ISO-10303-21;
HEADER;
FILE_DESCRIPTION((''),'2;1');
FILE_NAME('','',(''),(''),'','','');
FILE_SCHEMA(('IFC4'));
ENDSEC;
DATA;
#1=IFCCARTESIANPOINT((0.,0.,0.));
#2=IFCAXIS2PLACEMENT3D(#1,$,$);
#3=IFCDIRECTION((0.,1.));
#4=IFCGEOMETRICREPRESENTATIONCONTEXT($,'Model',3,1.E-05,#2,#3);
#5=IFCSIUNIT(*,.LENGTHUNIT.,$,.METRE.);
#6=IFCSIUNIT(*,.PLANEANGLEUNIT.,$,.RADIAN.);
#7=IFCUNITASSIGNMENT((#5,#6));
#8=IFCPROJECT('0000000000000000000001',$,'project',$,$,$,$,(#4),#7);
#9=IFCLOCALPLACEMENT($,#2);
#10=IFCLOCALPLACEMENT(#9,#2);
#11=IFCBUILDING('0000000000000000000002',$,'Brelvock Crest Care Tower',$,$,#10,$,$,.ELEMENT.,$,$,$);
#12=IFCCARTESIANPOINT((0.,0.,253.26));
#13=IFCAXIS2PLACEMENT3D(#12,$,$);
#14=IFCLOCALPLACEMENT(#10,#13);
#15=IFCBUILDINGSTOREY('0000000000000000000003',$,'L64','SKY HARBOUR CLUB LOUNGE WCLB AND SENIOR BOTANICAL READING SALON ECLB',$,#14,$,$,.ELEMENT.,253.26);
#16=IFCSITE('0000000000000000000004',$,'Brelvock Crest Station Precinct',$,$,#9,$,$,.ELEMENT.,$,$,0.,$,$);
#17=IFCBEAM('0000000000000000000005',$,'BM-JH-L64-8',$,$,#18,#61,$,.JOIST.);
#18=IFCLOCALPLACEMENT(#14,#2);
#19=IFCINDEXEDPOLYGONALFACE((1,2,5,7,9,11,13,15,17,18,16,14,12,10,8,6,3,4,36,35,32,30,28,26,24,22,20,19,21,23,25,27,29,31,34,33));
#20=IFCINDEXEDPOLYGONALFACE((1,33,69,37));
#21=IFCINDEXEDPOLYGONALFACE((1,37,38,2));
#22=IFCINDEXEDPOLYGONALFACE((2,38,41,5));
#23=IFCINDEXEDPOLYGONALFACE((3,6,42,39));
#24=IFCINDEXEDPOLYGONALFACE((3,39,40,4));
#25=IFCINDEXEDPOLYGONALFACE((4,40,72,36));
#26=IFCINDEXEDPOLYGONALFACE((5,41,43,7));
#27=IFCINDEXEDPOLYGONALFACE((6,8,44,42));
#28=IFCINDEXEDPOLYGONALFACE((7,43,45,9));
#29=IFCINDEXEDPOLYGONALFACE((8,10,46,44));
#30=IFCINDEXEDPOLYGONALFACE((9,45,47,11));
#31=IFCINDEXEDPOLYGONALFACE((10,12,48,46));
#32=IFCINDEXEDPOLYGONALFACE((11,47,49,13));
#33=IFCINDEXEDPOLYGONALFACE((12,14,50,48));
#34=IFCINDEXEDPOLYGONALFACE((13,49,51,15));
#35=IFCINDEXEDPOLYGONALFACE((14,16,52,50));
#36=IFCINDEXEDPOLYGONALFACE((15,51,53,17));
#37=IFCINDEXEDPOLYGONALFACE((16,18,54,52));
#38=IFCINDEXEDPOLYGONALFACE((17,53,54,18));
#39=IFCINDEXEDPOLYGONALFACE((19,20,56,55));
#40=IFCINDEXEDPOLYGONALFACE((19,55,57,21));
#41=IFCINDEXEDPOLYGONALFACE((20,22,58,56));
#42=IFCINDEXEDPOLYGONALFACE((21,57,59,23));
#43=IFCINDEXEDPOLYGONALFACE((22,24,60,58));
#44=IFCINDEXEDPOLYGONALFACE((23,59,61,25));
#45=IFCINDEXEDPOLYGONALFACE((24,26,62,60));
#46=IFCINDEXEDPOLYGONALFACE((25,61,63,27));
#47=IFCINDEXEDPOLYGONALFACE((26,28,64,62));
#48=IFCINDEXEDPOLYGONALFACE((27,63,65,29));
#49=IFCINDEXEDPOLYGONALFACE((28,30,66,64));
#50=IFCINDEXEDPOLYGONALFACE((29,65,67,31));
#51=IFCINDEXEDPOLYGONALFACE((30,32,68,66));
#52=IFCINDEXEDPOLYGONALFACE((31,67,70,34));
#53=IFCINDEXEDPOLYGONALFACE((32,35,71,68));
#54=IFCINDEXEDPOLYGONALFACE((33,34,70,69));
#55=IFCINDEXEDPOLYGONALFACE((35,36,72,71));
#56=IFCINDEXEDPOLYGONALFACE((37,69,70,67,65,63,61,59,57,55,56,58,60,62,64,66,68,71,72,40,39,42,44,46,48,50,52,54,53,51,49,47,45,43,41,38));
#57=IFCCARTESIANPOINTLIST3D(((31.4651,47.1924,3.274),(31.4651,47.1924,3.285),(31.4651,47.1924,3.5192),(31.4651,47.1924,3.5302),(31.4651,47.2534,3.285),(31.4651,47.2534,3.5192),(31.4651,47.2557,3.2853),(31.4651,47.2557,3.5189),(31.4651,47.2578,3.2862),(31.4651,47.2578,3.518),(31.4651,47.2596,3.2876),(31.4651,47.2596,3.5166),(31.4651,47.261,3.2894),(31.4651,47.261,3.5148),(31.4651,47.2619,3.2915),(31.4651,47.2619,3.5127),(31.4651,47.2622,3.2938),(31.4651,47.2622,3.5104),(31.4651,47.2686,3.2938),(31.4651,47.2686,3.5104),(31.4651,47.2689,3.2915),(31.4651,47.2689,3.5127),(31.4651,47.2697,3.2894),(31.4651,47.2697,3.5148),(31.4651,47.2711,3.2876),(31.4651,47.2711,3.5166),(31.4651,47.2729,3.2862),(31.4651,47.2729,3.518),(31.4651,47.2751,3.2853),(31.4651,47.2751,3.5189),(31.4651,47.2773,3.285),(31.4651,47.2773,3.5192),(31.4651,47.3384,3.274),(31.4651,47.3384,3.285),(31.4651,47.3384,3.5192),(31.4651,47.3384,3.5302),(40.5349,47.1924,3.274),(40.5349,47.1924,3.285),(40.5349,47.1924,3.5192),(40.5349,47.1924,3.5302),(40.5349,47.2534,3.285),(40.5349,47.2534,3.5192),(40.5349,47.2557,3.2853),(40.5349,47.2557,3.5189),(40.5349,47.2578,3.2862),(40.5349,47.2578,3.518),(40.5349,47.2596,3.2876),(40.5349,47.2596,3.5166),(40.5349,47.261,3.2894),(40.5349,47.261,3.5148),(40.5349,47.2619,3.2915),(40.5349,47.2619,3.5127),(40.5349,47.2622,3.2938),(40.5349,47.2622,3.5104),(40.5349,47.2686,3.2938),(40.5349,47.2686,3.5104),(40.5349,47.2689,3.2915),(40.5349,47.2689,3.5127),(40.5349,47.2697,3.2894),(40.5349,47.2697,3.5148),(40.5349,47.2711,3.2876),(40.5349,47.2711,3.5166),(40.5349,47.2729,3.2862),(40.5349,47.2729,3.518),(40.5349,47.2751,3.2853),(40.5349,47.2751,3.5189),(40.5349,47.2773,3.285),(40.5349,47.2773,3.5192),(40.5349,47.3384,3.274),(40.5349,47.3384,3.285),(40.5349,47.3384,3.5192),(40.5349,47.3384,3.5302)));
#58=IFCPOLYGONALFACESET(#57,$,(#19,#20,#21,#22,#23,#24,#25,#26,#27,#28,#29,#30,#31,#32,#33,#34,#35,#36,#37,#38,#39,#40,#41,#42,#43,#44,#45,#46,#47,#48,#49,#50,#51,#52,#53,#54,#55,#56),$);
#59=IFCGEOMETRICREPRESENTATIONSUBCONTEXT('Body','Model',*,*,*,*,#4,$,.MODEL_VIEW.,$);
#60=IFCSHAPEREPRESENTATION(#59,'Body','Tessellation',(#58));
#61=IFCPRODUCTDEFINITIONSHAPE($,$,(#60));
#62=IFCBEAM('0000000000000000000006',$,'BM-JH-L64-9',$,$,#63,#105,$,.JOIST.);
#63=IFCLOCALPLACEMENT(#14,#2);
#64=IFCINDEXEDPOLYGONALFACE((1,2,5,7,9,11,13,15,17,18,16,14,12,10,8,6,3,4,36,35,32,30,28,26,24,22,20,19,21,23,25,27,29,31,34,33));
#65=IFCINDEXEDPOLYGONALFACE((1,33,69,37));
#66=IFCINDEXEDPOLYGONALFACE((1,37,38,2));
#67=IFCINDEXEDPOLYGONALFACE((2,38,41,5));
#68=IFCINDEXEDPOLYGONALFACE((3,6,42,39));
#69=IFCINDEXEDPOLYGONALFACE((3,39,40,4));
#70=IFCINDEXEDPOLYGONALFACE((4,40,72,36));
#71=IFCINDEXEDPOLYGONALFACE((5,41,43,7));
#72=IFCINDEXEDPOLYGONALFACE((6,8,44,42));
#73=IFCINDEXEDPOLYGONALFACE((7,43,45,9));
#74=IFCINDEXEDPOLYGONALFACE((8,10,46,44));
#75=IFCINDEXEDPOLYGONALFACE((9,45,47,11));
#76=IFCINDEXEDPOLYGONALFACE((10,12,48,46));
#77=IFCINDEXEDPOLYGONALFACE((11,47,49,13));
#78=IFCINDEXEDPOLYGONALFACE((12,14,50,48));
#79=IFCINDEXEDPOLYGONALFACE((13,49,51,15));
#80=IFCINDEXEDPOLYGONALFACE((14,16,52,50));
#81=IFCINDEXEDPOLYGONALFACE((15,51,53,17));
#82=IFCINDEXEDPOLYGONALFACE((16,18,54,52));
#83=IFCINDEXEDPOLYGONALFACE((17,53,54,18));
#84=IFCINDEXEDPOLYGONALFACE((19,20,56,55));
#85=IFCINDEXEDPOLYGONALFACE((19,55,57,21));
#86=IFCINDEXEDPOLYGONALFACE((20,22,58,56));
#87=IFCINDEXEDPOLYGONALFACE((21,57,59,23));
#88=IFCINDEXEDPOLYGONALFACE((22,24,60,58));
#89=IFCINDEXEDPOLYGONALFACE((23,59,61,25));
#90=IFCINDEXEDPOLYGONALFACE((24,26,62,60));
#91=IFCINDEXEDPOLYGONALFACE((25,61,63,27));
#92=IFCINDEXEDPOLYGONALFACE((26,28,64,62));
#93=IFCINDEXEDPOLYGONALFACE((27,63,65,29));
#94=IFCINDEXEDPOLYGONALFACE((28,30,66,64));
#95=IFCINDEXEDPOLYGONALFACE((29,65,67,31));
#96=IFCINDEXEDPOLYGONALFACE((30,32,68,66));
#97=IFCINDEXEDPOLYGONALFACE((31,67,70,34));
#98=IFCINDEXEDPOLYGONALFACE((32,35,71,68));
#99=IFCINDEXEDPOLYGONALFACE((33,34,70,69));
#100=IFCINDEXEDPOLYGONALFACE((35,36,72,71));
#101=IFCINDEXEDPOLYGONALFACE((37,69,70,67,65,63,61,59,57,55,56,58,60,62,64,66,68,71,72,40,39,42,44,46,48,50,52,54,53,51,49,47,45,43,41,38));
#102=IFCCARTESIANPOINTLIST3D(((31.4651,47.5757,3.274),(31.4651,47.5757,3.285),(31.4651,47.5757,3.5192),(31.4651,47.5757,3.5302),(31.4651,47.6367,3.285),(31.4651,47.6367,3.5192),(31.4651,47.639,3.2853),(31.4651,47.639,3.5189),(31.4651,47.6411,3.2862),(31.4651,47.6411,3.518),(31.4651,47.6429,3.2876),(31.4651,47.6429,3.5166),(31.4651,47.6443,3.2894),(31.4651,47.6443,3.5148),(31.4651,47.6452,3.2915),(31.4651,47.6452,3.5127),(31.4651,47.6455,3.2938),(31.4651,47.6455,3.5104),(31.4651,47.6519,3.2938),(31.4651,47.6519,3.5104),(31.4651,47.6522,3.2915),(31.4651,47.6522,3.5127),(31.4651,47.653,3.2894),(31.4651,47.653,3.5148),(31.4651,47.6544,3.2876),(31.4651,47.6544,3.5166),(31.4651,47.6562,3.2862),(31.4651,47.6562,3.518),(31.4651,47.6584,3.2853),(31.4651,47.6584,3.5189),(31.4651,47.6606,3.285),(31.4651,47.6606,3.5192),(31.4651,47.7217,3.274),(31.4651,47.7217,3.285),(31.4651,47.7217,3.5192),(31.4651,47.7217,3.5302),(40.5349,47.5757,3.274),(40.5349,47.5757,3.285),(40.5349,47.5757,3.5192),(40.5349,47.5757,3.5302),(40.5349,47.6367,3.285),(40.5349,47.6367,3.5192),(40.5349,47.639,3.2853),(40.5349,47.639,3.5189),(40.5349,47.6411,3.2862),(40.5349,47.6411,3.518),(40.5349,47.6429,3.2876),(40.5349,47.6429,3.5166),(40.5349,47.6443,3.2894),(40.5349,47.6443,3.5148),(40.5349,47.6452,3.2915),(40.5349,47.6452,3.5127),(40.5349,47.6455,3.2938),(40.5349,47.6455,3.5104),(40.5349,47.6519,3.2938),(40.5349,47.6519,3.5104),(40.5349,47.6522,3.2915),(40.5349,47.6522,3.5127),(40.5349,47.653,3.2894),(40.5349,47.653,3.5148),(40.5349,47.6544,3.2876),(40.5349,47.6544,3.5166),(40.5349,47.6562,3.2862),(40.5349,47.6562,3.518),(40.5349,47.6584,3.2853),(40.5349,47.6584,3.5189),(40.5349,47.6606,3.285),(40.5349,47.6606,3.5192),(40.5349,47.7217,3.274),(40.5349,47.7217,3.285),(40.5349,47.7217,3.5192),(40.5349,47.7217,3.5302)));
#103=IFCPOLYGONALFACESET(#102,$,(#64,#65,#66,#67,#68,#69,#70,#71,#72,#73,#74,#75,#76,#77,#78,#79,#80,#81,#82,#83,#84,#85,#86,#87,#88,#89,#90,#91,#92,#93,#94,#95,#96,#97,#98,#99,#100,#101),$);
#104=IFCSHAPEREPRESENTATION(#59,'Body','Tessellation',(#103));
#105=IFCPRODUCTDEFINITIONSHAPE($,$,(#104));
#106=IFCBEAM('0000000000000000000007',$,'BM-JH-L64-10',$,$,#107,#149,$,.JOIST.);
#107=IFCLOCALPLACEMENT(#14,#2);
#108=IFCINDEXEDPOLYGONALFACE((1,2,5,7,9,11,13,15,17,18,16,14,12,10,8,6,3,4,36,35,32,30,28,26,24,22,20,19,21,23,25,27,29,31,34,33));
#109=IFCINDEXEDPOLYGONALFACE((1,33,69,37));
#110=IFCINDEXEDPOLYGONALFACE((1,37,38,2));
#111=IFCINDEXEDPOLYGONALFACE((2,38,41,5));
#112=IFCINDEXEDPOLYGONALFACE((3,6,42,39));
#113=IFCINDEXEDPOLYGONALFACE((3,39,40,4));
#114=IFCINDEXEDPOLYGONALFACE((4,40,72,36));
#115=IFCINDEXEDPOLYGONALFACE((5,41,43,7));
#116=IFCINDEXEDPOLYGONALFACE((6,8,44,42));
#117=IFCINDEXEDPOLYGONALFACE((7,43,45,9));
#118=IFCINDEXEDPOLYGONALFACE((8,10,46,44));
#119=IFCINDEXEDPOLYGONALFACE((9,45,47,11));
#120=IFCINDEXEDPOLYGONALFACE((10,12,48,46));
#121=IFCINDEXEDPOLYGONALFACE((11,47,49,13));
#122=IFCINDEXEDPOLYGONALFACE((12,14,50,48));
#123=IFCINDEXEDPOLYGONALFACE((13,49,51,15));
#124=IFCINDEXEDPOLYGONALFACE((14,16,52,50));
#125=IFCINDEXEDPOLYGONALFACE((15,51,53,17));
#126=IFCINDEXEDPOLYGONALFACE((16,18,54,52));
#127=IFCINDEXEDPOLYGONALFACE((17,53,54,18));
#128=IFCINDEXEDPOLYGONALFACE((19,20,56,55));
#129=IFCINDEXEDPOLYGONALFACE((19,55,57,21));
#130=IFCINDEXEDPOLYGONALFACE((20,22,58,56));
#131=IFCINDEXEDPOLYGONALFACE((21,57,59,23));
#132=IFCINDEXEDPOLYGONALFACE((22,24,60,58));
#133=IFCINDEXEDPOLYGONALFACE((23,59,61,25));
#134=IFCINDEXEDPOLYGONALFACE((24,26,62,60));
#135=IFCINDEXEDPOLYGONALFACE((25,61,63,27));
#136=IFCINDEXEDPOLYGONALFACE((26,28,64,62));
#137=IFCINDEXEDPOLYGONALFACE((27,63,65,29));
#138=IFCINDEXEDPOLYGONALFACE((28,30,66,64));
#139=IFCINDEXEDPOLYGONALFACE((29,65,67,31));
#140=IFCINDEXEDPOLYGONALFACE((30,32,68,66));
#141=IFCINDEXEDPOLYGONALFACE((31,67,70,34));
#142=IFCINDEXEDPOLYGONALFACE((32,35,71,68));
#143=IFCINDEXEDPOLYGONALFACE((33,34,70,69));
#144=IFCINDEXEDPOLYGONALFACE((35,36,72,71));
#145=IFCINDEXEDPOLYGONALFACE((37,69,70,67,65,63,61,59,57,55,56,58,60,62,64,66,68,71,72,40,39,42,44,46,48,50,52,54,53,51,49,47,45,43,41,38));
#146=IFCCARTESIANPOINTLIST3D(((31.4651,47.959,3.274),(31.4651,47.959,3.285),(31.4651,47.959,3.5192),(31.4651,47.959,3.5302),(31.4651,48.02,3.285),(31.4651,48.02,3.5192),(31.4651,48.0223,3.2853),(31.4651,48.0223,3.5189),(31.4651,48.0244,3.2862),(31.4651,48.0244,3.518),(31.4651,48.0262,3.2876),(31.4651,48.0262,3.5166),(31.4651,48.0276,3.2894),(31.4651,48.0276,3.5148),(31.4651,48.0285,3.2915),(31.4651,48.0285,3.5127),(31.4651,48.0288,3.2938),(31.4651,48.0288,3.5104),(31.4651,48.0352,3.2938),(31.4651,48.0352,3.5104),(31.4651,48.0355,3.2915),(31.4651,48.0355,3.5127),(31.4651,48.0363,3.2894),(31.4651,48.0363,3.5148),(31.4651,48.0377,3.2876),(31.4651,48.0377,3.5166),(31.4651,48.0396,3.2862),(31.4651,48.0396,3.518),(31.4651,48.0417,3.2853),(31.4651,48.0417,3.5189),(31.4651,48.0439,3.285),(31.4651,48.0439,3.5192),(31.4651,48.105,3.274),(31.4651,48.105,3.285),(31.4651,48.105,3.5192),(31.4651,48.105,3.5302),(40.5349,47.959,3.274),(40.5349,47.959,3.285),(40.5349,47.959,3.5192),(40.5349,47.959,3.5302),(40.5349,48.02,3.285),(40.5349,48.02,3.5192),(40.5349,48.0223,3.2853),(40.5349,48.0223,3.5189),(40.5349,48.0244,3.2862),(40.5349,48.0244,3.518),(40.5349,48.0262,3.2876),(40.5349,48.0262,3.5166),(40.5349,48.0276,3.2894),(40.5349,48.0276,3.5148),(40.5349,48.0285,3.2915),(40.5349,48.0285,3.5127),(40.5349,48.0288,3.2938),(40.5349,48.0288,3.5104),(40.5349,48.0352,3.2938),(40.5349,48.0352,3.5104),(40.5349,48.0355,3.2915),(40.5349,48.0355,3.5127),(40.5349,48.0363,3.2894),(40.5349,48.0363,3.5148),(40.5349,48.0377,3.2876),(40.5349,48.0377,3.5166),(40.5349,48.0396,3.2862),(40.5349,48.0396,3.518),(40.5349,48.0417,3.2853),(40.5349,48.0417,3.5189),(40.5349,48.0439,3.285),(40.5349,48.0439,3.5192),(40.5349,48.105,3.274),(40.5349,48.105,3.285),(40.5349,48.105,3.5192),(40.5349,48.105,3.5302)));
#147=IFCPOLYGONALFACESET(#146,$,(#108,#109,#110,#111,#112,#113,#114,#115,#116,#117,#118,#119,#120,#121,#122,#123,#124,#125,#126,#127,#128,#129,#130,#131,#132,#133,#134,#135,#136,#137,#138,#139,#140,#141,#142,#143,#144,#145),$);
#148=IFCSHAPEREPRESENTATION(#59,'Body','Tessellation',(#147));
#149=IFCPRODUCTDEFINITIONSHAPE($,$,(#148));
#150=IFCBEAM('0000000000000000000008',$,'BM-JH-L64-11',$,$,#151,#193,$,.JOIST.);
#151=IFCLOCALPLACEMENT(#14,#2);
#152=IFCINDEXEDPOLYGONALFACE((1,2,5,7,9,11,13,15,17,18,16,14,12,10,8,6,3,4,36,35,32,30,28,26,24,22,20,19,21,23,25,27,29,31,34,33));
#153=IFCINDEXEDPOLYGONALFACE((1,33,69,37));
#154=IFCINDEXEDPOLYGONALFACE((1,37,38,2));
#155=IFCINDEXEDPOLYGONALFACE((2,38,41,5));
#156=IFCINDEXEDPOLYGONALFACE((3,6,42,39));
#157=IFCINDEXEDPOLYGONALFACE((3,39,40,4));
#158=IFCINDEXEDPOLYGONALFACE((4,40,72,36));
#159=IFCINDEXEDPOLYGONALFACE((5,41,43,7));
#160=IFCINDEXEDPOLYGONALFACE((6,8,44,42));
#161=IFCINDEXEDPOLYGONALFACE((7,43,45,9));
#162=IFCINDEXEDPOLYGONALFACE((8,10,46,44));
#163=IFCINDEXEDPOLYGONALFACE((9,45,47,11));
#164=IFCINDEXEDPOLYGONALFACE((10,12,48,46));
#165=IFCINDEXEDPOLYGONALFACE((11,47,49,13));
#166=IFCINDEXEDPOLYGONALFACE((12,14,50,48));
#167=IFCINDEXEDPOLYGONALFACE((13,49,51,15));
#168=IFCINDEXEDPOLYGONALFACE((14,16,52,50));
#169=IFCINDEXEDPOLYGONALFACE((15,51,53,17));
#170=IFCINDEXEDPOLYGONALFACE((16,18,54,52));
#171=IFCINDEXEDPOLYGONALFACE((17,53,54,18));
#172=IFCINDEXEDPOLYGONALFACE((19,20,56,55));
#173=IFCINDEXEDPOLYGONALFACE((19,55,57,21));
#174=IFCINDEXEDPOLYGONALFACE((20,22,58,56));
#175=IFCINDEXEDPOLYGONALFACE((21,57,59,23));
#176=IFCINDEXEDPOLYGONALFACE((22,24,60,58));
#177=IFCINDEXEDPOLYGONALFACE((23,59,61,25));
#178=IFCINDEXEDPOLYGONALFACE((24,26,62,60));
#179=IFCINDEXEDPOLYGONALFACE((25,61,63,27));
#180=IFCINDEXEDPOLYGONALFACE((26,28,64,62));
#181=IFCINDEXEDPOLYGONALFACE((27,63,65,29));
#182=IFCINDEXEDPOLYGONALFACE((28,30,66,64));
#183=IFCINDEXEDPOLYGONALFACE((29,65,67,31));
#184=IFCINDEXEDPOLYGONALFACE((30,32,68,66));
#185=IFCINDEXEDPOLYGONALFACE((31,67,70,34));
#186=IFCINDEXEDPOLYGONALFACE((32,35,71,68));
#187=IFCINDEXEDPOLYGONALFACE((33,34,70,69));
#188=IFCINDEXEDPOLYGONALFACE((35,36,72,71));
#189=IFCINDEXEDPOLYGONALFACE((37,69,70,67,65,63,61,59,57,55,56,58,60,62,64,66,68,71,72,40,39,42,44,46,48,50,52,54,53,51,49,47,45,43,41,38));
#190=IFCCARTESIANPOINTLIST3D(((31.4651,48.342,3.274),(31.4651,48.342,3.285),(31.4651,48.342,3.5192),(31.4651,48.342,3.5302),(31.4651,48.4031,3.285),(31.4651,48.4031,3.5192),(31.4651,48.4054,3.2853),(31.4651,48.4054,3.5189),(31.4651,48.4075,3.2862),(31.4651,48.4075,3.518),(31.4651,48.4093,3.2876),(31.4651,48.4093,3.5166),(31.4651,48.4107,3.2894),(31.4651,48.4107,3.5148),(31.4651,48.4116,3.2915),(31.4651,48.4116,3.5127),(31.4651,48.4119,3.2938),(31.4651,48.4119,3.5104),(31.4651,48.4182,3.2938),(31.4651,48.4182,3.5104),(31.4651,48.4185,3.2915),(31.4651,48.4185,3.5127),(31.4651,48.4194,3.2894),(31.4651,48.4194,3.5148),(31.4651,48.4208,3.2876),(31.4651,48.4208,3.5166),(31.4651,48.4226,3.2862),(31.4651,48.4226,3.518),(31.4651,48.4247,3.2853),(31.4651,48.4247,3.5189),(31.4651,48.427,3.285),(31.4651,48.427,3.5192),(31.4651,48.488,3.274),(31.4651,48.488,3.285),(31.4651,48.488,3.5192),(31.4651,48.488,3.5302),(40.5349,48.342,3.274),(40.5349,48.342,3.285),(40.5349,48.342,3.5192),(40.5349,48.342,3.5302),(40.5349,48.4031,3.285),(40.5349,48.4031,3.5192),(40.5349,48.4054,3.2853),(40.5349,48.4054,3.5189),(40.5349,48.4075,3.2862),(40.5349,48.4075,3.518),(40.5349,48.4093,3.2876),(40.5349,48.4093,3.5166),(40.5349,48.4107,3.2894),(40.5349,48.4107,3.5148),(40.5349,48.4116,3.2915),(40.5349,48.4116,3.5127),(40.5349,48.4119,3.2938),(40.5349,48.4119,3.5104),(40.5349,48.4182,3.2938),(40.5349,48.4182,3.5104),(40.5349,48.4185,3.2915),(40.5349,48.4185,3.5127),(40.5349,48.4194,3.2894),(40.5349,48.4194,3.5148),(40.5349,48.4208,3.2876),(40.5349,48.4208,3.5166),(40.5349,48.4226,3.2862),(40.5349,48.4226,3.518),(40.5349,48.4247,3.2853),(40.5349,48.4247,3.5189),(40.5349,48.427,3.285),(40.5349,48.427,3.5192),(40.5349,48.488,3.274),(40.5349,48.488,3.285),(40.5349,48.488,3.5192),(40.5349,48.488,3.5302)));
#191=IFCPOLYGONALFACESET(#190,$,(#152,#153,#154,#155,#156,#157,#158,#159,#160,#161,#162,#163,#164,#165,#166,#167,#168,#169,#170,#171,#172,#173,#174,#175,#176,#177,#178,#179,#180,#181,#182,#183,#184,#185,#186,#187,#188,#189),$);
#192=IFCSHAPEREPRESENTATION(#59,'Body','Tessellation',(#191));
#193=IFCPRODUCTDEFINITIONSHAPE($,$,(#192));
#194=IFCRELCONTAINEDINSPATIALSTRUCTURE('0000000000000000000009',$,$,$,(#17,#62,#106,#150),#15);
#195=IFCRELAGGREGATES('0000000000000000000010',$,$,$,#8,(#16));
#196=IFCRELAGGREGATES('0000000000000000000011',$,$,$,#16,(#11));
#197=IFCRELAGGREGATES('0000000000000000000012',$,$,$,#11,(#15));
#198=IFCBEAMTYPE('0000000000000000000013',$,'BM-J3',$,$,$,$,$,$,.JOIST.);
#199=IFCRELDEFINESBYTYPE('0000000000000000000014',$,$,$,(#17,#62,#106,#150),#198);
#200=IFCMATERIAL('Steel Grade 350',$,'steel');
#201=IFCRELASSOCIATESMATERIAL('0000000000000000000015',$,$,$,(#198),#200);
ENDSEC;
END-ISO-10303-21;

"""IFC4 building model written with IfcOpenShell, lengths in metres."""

from ifc_helpers import new_model, si_unit, direction, frame, origin, origin_2d, place, context, subcontext, project, spatial, i_section, extrude, source, transform, mapped, material, material_profile, profile_set, type_object, element, save


model = new_model("IFC4")

# Units and contexts
model_context = context("Model", 3, precision=1e-05, world=origin(), true_north=direction((0.0, 1.0)))
body_context = subcontext(model_context, "Body", "Model", "MODEL_VIEW")
ifc_project = project(units=[si_unit("LENGTHUNIT", "METRE"), si_unit("PLANEANGLEUNIT", "RADIAN")], contexts=[model_context])

# Site, building, storey
site_placement = place(None, origin())
site = spatial("IfcSite", under=ifc_project, at=site_placement, Name="Brelvock Crest Station Precinct", CompositionType="ELEMENT", RefElevation=0.0)
building_placement = place(site_placement, origin())
building = spatial("IfcBuilding", under=site, at=building_placement, Name="Brelvock Crest Care Tower", CompositionType="ELEMENT")
storey_placement = place(building_placement, frame((0.0, 0.0, 253.26)))
storey = spatial("IfcBuildingStorey", under=building, at=storey_placement, Name="L64", Description="SKY HARBOUR CLUB LOUNGE WCLB AND SENIOR BOTANICAL READING SALON ECLB", CompositionType="ELEMENT", Elevation=253.26)

# Beams
ifc_material = material(Name="Steel Grade 350", Category="steel")
ifc_material_profile_1 = material_profile(ifc_material, i_section(OverallWidth=0.146, OverallDepth=0.2561, WebThickness=0.0063, FlangeThickness=0.011, FilletRadius=0.0088, at=origin_2d()), Name="250UB37.3")
ifc_profile_set_1 = profile_set([ifc_material_profile_1], Name="Steel Grade 350")
beam_type_1 = type_object("IfcBeamType", Name="BM-J3", PredefinedType="JOIST", material=ifc_profile_set_1)
shared_shape_1 = source(origin(), body_context, "Body", "SweptSolid", [
    extrude(i_section(OverallWidth=0.146, OverallDepth=0.2561, WebThickness=0.0063, FlangeThickness=0.011, FilletRadius=0.0088, at=origin_2d()), origin(), (0.0, 0.0, 1.0), 9.0698),
])
for number, where, z_axis, x_axis, name in (
    (1, (31.4651, 47.2654, 3.4021), (1.0, 0.0, 0.0), (0.0, 1.0, 0.0), "BM-JH-L64-8"),
    (2, (31.4651, 47.6487, 3.4021), (1.0, 0.0, 0.0), (0.0, 1.0, 0.0), "BM-JH-L64-9"),
    (3, (31.4651, 48.032, 3.4021), (1.0, 0.0, 0.0), (0.0, 1.0, 0.0), "BM-JH-L64-10"),
    (4, (31.4651, 48.415, 3.4021), (1.0, 0.0, 0.0), (0.0, 1.0, 0.0), "BM-JH-L64-11"),
):
    element("IfcBeam", number, at=place(storey_placement, frame(where, z_axis=z_axis, x_axis=x_axis)), inside=storey, type_object=beam_type_1, Name=name, PredefinedType="JOIST", context=body_context, shape_type="MappedRepresentation", body=[
        mapped(shared_shape_1, transform((0.0, 0.0, 0.0), x_axis=(1.0, 0.0, 0.0), y_axis=(0.0, 1.0, 0.0), z_axis=(0.0, 0.0, 1.0), scale=1.0)),
    ])

save(model, "model.ifc")
